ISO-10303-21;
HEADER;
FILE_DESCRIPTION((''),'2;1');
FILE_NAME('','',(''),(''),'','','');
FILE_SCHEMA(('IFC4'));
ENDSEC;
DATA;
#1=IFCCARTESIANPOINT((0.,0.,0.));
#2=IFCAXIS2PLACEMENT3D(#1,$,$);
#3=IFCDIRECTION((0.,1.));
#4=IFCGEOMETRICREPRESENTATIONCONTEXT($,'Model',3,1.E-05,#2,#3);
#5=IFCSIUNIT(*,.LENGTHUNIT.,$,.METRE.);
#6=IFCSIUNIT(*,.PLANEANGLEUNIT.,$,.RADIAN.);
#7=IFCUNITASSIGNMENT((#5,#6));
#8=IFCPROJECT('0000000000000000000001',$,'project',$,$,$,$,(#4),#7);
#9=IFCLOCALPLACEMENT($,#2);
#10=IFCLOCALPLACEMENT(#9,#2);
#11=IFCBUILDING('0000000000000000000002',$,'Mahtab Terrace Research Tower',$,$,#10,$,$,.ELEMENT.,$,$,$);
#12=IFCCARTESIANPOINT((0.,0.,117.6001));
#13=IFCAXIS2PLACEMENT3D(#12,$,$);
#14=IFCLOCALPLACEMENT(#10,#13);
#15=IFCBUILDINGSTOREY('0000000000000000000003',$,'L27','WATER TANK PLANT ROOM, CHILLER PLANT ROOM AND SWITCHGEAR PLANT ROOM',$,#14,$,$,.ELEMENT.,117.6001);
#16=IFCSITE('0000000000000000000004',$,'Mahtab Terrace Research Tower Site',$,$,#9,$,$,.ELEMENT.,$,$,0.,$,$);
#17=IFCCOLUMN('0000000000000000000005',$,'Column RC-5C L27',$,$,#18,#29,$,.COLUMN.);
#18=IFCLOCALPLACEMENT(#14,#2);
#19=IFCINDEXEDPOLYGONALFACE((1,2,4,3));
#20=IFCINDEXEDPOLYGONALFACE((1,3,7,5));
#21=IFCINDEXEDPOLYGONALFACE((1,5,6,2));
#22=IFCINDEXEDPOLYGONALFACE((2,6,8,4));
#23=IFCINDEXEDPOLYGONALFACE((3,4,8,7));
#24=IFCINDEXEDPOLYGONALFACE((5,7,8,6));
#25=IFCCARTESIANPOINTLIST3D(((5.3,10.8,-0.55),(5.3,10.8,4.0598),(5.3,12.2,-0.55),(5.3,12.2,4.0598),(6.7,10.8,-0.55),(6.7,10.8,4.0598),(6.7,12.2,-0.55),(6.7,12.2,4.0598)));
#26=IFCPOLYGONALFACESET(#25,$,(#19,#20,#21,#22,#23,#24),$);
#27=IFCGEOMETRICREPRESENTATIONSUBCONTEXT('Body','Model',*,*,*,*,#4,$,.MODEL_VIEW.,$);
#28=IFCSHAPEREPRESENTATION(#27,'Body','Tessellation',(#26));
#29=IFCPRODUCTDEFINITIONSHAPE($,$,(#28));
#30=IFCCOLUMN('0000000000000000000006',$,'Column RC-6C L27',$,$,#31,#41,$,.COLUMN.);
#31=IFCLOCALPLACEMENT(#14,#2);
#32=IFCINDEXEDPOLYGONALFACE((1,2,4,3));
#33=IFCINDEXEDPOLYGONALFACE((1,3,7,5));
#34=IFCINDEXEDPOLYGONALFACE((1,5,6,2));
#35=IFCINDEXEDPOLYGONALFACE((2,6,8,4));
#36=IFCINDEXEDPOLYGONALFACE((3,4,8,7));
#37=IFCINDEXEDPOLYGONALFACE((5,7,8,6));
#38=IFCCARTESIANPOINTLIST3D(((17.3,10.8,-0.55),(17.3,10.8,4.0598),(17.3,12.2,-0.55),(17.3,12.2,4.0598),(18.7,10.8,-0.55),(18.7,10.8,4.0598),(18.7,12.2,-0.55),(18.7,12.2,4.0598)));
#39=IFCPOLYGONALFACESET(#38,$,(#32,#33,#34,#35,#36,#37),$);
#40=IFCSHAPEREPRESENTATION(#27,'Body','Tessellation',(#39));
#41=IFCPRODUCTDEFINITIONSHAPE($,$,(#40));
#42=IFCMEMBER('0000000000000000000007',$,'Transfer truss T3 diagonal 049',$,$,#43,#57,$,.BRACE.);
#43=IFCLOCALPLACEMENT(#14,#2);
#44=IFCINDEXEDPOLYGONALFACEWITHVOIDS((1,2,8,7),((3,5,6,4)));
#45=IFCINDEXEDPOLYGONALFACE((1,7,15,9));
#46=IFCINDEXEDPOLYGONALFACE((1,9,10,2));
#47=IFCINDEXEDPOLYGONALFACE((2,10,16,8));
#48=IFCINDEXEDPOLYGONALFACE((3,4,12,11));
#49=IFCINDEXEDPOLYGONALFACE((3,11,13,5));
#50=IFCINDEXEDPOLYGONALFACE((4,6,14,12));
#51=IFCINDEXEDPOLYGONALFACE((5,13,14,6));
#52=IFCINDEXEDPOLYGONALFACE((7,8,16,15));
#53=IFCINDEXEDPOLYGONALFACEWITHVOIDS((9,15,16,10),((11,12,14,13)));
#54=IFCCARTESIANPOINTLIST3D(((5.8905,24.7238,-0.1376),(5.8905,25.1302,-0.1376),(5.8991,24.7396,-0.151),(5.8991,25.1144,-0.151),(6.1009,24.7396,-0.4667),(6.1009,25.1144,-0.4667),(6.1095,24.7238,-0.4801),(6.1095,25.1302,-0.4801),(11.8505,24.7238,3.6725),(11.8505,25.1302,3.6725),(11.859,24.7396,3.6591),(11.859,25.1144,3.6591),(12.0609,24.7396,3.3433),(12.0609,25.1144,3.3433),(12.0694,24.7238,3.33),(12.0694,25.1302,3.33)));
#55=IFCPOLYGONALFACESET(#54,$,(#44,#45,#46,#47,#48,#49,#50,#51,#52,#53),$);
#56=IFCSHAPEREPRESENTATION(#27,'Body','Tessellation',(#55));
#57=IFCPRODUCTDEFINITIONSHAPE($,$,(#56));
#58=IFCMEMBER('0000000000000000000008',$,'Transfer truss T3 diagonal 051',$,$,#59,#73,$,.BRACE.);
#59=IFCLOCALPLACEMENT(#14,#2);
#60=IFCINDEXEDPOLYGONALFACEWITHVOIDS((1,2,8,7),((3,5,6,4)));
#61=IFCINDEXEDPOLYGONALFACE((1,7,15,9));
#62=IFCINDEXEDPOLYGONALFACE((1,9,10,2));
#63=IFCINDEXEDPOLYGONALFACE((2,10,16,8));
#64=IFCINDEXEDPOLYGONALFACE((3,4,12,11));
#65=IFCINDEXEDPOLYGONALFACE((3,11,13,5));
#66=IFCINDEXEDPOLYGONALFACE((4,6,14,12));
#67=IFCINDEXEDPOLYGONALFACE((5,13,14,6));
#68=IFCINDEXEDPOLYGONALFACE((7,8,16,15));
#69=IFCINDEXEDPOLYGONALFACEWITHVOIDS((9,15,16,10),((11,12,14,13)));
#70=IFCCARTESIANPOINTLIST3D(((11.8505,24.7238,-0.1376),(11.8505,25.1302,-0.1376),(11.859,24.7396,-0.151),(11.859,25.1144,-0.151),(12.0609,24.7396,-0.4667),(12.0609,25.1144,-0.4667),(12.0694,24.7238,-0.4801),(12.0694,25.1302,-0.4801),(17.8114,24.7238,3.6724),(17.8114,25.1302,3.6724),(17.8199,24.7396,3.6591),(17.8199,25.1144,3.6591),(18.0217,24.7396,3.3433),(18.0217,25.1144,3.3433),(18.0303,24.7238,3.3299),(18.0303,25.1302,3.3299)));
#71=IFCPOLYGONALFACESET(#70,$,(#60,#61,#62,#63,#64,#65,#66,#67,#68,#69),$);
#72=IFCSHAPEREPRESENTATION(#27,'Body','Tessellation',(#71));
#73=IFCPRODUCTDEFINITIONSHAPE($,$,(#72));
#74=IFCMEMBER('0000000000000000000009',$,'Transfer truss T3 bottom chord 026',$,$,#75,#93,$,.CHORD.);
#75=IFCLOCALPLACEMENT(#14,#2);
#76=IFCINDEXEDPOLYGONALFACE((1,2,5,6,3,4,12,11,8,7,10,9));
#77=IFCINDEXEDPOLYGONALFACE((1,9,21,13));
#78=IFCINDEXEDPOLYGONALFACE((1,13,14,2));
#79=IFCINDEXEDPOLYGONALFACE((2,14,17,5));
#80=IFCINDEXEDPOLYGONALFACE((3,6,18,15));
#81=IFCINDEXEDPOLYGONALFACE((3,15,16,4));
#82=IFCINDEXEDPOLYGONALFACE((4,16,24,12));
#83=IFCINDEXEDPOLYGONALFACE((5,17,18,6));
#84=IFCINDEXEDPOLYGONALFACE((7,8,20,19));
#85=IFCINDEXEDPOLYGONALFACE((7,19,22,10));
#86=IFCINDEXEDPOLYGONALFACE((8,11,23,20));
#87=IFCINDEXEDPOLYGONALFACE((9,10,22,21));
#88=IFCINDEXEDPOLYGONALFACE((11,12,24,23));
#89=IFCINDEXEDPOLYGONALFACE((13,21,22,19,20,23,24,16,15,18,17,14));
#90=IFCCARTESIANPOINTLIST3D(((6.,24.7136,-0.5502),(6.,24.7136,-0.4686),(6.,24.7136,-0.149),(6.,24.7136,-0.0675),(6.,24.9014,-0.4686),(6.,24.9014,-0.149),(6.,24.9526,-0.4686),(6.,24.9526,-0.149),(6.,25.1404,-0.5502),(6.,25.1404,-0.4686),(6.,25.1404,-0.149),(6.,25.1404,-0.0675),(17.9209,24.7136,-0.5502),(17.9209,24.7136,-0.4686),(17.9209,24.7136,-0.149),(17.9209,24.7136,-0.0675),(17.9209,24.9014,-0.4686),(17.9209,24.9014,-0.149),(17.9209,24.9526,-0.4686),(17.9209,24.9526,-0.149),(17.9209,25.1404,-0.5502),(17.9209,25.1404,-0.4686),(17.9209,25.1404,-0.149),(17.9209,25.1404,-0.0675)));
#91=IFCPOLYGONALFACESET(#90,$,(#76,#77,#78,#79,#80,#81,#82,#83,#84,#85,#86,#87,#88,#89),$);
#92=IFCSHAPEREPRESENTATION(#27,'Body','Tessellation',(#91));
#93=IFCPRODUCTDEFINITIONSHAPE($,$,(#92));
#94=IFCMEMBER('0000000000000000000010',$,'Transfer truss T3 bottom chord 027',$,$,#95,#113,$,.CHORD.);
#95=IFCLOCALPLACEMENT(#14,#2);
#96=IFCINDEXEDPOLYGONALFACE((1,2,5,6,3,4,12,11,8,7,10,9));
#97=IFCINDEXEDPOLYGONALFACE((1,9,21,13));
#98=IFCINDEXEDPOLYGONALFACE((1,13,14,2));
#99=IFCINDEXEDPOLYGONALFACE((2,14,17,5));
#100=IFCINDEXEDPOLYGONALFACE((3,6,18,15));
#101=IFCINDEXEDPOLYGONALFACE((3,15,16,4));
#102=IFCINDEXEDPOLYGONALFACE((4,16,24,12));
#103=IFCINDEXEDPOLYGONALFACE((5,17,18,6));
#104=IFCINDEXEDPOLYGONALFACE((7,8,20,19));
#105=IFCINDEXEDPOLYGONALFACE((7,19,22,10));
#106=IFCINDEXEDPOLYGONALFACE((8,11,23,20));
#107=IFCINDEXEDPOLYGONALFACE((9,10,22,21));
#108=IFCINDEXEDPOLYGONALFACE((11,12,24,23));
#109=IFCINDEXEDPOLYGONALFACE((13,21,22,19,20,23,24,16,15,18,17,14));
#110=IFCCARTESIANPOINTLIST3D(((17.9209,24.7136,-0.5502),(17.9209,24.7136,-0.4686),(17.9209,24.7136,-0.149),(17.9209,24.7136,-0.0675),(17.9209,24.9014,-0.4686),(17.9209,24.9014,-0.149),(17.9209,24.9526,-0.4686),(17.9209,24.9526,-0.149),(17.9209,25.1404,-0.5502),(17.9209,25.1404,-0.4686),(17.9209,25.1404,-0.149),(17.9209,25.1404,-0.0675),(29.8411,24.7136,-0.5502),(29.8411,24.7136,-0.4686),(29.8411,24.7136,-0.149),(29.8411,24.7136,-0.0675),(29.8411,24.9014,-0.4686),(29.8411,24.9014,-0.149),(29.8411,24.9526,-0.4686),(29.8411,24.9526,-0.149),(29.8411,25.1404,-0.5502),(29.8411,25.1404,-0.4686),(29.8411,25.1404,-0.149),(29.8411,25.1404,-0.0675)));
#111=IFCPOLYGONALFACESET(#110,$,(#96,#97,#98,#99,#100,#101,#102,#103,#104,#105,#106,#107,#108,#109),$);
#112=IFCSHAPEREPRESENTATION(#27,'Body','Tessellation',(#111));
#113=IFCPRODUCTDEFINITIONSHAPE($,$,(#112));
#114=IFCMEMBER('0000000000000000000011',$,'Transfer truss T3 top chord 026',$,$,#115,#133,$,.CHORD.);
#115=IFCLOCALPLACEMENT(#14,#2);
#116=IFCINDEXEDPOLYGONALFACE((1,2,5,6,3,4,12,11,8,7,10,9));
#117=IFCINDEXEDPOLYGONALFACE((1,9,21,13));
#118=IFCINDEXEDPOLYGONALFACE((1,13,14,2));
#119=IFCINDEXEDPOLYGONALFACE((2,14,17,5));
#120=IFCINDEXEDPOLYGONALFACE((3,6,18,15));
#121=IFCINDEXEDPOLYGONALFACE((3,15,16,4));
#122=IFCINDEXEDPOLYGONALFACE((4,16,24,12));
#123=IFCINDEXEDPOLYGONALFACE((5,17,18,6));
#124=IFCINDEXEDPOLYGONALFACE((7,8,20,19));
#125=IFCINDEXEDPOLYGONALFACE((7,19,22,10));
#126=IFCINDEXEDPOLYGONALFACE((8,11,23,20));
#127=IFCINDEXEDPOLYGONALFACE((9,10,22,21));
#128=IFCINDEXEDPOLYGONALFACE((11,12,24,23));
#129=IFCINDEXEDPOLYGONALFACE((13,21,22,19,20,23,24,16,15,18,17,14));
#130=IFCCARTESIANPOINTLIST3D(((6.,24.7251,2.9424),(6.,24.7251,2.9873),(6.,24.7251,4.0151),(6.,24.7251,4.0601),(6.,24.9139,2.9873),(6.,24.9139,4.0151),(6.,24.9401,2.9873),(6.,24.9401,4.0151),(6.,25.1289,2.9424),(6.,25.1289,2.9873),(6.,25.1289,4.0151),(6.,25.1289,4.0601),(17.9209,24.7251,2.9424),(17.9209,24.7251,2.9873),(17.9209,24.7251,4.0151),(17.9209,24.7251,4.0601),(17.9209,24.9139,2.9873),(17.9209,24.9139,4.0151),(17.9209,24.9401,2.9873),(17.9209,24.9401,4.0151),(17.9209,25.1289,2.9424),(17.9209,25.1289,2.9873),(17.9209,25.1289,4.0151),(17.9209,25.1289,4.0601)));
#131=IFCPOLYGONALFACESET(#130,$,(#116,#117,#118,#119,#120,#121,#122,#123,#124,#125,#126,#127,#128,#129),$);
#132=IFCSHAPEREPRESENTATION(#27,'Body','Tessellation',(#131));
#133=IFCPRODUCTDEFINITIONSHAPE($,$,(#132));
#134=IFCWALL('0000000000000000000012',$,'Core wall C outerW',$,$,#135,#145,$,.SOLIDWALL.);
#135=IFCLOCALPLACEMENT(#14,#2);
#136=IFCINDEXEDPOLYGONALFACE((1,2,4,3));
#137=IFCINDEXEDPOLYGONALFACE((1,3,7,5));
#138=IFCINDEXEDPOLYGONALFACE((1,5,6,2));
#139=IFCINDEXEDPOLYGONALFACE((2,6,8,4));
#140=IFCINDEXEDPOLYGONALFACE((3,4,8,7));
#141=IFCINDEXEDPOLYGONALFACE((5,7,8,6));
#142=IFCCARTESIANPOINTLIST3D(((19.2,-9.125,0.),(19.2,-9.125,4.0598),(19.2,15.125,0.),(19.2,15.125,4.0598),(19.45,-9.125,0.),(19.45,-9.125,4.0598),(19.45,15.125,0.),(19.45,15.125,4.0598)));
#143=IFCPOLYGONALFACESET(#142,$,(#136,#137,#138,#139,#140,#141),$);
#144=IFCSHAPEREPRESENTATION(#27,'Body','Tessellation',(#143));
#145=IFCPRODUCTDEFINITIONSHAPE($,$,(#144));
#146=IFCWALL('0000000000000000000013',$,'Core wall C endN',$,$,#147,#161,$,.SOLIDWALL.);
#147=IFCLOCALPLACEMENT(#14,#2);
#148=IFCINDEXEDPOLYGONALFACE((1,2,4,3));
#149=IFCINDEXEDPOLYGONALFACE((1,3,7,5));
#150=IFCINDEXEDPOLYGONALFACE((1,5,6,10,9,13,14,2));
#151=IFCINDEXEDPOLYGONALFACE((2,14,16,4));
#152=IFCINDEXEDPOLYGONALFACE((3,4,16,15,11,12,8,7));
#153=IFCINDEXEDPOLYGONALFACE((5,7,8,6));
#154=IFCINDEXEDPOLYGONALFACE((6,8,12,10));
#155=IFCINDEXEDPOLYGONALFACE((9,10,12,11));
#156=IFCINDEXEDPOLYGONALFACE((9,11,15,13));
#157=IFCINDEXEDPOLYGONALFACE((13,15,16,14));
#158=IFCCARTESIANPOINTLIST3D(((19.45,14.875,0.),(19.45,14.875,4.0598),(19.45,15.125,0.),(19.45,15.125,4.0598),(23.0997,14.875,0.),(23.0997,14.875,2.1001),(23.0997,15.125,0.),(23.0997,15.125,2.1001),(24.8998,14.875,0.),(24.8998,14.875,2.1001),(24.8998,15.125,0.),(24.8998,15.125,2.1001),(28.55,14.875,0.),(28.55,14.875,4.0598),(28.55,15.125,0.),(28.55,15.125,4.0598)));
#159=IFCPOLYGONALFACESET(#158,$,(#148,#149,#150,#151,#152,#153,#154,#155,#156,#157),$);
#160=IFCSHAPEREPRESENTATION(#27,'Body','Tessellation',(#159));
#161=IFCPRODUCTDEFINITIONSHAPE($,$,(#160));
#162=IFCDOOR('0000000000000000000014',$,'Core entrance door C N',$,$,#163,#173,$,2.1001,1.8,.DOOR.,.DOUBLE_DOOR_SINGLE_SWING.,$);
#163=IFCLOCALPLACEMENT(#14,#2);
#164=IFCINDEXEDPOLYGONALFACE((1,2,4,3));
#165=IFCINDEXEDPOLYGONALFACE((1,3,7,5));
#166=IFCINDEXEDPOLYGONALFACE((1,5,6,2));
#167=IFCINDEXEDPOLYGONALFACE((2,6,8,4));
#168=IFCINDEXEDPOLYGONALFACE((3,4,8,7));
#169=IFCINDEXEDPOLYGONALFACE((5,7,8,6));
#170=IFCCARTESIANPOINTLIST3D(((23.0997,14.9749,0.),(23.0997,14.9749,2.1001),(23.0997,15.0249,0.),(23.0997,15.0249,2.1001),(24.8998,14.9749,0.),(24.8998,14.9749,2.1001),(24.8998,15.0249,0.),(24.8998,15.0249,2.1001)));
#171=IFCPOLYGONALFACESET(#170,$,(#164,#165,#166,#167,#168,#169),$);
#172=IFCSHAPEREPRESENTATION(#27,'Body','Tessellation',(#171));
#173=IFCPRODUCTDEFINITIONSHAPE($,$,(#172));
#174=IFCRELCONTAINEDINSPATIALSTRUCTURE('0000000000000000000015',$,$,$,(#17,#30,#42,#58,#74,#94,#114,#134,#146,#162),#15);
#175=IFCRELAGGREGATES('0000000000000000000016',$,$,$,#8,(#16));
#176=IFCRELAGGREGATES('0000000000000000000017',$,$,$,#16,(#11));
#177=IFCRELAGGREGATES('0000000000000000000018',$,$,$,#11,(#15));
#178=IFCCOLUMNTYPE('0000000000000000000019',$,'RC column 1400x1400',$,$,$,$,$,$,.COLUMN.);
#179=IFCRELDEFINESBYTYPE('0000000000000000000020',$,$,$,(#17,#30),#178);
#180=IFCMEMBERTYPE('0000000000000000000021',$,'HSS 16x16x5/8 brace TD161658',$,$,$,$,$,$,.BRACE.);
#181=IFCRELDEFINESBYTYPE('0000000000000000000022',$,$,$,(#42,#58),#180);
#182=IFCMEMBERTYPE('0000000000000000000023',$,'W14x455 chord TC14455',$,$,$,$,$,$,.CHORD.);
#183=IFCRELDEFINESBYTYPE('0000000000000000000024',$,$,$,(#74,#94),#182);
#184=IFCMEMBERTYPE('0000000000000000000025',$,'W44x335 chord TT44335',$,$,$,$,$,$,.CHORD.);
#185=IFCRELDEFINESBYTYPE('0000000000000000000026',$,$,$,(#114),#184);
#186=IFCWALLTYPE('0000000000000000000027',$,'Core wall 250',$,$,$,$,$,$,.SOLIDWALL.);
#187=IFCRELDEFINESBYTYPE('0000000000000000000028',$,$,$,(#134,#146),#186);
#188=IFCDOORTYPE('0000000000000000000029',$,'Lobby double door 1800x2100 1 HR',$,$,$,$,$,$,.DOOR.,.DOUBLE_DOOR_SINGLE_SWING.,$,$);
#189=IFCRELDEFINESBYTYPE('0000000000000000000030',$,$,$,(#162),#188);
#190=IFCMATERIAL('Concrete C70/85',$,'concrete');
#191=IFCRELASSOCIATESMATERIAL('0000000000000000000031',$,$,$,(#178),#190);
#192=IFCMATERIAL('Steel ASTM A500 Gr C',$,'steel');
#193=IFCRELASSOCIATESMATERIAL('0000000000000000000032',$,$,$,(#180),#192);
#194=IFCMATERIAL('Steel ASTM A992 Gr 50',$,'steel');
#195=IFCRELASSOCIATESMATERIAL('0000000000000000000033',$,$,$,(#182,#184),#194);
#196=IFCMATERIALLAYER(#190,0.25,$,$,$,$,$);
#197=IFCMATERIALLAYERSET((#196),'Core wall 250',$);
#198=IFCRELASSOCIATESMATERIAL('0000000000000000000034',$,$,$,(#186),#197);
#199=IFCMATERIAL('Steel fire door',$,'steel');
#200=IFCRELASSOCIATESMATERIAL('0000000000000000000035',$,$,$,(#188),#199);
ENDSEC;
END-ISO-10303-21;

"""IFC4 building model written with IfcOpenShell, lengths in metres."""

from ifc_helpers import new_model, si_unit, direction, frame, frame_2d, origin, origin_2d, place, context, subcontext, project, spatial, rectangle, hollow_rectangle, i_section, extrude, material, layer, layer_set, material_profile, profile_set, type_object, element, fill, save


model = new_model("IFC4")

# Units and contexts
model_context = context("Model", 3, precision=1e-05, world=origin(), true_north=direction((0.0, 1.0)))
body_context = subcontext(model_context, "Body", "Model", "MODEL_VIEW")
ifc_project = project(units=[si_unit("LENGTHUNIT", "METRE"), si_unit("PLANEANGLEUNIT", "RADIAN")], contexts=[model_context])

# Site, building, storey
site_placement = place(None, origin())
site = spatial("IfcSite", under=ifc_project, at=site_placement, Name="Mahtab Terrace Research Tower Site", CompositionType="ELEMENT", RefElevation=0.0)
building_placement = place(site_placement, origin())
building = spatial("IfcBuilding", under=site, at=building_placement, Name="Mahtab Terrace Research Tower", CompositionType="ELEMENT")
storey_placement = place(building_placement, frame((0.0, 0.0, 117.6001)))
storey = spatial("IfcBuildingStorey", under=building, at=storey_placement, Name="L27", Description="WATER TANK PLANT ROOM, CHILLER PLANT ROOM AND SWITCHGEAR PLANT ROOM", CompositionType="ELEMENT", Elevation=117.6001)

# Columns
ifc_material_1 = material(Name="Concrete C70/85", Category="concrete")
ifc_material_profile_1 = material_profile(ifc_material_1, rectangle(XDim=1.3999, YDim=1.3999, at=origin_2d()), Name="RC column 1400x1400")
ifc_profile_set_1 = profile_set([ifc_material_profile_1], Name="Concrete C70/85")
column_type = type_object("IfcColumnType", Name="RC column 1400x1400", PredefinedType="COLUMN", material=ifc_profile_set_1)
for number, where, z_axis, x_axis, name in (
    (1, (6.0, 11.5, -0.55), (0.0, 0.0, 1.0), (1.0, 0.0, 0.0), "Column RC-5C L27"),
    (2, (18.0, 11.5, -0.55), (0.0, 0.0, 1.0), (1.0, 0.0, 0.0), "Column RC-6C L27"),
):
    element("IfcColumn", number, at=place(storey_placement, frame(where, z_axis=z_axis, x_axis=x_axis)), inside=storey, type_object=column_type, Name=name, PredefinedType="COLUMN", context=body_context, shape_type="SweptSolid", body=[
        extrude(rectangle(XDim=1.3999, YDim=1.3999, at=origin_2d()), origin(), (0.0, 0.0, 1.0), 4.6099),
    ])

# Members
ifc_material_2 = material(Name="Steel ASTM A500 Gr C", Category="steel")
ifc_material_profile_2 = material_profile(ifc_material_2, hollow_rectangle(XDim=0.4065, YDim=0.4065, WallThickness=0.0159, at=origin_2d()), Name="HSS16X16X5/8")
ifc_profile_set_2 = profile_set([ifc_material_profile_2], Name="Steel ASTM A500 Gr C")
member_type_1 = type_object("IfcMemberType", Name="HSS 16x16x5/8 brace TD161658", PredefinedType="BRACE", material=ifc_profile_set_2)
member_1_placement = place(storey_placement, frame((6.0, 24.927, -0.3088), z_axis=(0.842548, 0.0, 0.538621), x_axis=(0.0, 1.0, 0.0)))
element("IfcMember", 3, at=member_1_placement, inside=storey, type_object=member_type_1, Name="Transfer truss T3 diagonal 049", PredefinedType="BRACE", context=body_context, shape_type="SweptSolid", body=[
    extrude(hollow_rectangle(XDim=0.4065, YDim=0.4065, WallThickness=0.0159, at=origin_2d()), origin(), (0.0, 0.0, 1.0), 7.0737),
])
member_2_placement = place(storey_placement, frame((11.96, 24.927, -0.3088), z_axis=(0.842588, 0.0, 0.538558), x_axis=(0.0, 1.0, 0.0)))
element("IfcMember", 4, at=member_2_placement, inside=storey, type_object=member_type_1, Name="Transfer truss T3 diagonal 051", PredefinedType="BRACE", context=body_context, shape_type="SweptSolid", body=[
    extrude(hollow_rectangle(XDim=0.4065, YDim=0.4065, WallThickness=0.0159, at=origin_2d()), origin(), (0.0, 0.0, 1.0), 7.0745),
])
ifc_material_3 = material(Name="Steel ASTM A992 Gr 50", Category="steel")
ifc_material_profile_3 = material_profile(ifc_material_3, i_section(OverallWidth=0.4268, OverallDepth=0.4827, WebThickness=0.0513, FlangeThickness=0.0815, at=origin_2d()), Name="W14X455")
ifc_profile_set_3 = profile_set([ifc_material_profile_3], Name="Steel ASTM A992 Gr 50")
member_type_2 = type_object("IfcMemberType", Name="W14x455 chord TC14455", PredefinedType="CHORD", material=ifc_profile_set_3)
member_3_placement = place(storey_placement, frame((6.0, 24.927, -0.3088), z_axis=(1.0, 0.0, 0.0), x_axis=(0.0, 1.0, 0.0)))
element("IfcMember", 5, at=member_3_placement, inside=storey, type_object=member_type_2, Name="Transfer truss T3 bottom chord 026", PredefinedType="CHORD", context=body_context, shape_type="SweptSolid", body=[
    extrude(i_section(OverallWidth=0.4268, OverallDepth=0.4827, WebThickness=0.0513, FlangeThickness=0.0815, at=origin_2d()), origin(), (0.0, 0.0, 1.0), 11.9209),
])
member_4_placement = place(storey_placement, frame((17.9209, 24.927, -0.3088), z_axis=(1.0, 0.0, 0.0), x_axis=(0.0, 1.0, 0.0)))
element("IfcMember", 6, at=member_4_placement, inside=storey, type_object=member_type_2, Name="Transfer truss T3 bottom chord 027", PredefinedType="CHORD", context=body_context, shape_type="SweptSolid", body=[
    extrude(i_section(OverallWidth=0.4268, OverallDepth=0.4827, WebThickness=0.0513, FlangeThickness=0.0815, at=origin_2d()), origin(), (0.0, 0.0, 1.0), 11.9202),
])
ifc_material_profile_4 = material_profile(ifc_material_3, i_section(OverallWidth=0.4038, OverallDepth=1.1177, WebThickness=0.0261, FlangeThickness=0.0449, at=origin_2d()), Name="W44X335")
ifc_profile_set_4 = profile_set([ifc_material_profile_4], Name="Steel ASTM A992 Gr 50")
member_type_3 = type_object("IfcMemberType", Name="W44x335 chord TT44335", PredefinedType="CHORD", material=ifc_profile_set_4)
member_5_placement = place(storey_placement, frame((6.0, 24.927, 3.5012), z_axis=(1.0, 0.0, 0.0), x_axis=(0.0, 1.0, 0.0)))
element("IfcMember", 7, at=member_5_placement, inside=storey, type_object=member_type_3, Name="Transfer truss T3 top chord 026", PredefinedType="CHORD", context=body_context, shape_type="SweptSolid", body=[
    extrude(i_section(OverallWidth=0.4038, OverallDepth=1.1177, WebThickness=0.0261, FlangeThickness=0.0449, at=origin_2d()), origin(), (0.0, 0.0, 1.0), 11.9209),
])

# Wall
ifc_layer_1 = layer(ifc_material_1, 0.25)
ifc_layer_set_1 = layer_set([ifc_layer_1], Name="Core wall 250")
wall_type_1 = type_object("IfcWallType", Name="Core wall 250", PredefinedType="SOLIDWALL", material=ifc_layer_set_1)
wall_1_placement = place(storey_placement, frame((19.325, 15.125, 0.0), z_axis=(0.0, 0.0, 1.0), x_axis=(0.0, -1.0, 0.0)))
element("IfcWall", 8, at=wall_1_placement, inside=storey, type_object=wall_type_1, Name="Core wall C outerW", PredefinedType="SOLIDWALL", context=body_context, shape_type="SweptSolid", body=[
    extrude(rectangle(XDim=24.25, YDim=0.25, at=frame_2d((12.125, 0.0))), origin(), (0.0, 0.0, 1.0), 4.0598),
])

# Wall, opening, door
wall_2_placement = place(storey_placement, frame((19.45, 15.0, 0.0), z_axis=(0.0, 0.0, 1.0), x_axis=(1.0, 0.0, 0.0)))
wall_2 = element("IfcWall", 9, at=wall_2_placement, inside=storey, type_object=wall_type_1, Name="Core wall C endN", PredefinedType="SOLIDWALL", context=body_context, shape_type="SweptSolid", body=[
    extrude(rectangle(XDim=9.1001, YDim=0.25, at=frame_2d((4.55, 0.0))), origin(), (0.0, 0.0, 1.0), 4.0598),
])
opening_1_placement = place(wall_2_placement, frame((3.6499, 0.0, 0.0)))
opening_1 = element("IfcOpeningElement", 10, at=opening_1_placement, cuts=wall_2, PredefinedType="OPENING", context=body_context, shape_type="SweptSolid", body=[
    extrude(rectangle(XDim=1.8, YDim=2.1001, at=frame_2d((0.8999, 1.05))), frame((0.0, 0.135, 0.0), z_axis=(0.0, -1.0, 0.0), x_axis=(1.0, 0.0, 0.0)), (0.0, 0.0, 1.0), 0.27),
])
ifc_material_4 = material(Name="Steel fire door", Category="steel")
door_type_1 = type_object("IfcDoorType", Name="Lobby double door 1800x2100 1 HR", OperationType="DOUBLE_DOOR_SINGLE_SWING", PredefinedType="DOOR", material=ifc_material_4)
door_1_placement = place(opening_1_placement, origin())
door_1 = element("IfcDoor", 11, at=door_1_placement, inside=storey, type_object=door_type_1, Name="Core entrance door C N", OperationType="DOUBLE_DOOR_SINGLE_SWING", OverallHeight=2.1001, OverallWidth=1.8, PredefinedType="DOOR", context=body_context, shape_type="SweptSolid", body=[
    extrude(rectangle(XDim=1.8, YDim=2.1001, at=frame_2d((0.8999, 1.05))), frame((0.0, 0.0249, 0.0), z_axis=(0.0, -1.0, 0.0), x_axis=(1.0, 0.0, 0.0)), (0.0, 0.0, 1.0), 0.05),
])
fill(opening_1, door_1)

save(model, "model.ifc")
